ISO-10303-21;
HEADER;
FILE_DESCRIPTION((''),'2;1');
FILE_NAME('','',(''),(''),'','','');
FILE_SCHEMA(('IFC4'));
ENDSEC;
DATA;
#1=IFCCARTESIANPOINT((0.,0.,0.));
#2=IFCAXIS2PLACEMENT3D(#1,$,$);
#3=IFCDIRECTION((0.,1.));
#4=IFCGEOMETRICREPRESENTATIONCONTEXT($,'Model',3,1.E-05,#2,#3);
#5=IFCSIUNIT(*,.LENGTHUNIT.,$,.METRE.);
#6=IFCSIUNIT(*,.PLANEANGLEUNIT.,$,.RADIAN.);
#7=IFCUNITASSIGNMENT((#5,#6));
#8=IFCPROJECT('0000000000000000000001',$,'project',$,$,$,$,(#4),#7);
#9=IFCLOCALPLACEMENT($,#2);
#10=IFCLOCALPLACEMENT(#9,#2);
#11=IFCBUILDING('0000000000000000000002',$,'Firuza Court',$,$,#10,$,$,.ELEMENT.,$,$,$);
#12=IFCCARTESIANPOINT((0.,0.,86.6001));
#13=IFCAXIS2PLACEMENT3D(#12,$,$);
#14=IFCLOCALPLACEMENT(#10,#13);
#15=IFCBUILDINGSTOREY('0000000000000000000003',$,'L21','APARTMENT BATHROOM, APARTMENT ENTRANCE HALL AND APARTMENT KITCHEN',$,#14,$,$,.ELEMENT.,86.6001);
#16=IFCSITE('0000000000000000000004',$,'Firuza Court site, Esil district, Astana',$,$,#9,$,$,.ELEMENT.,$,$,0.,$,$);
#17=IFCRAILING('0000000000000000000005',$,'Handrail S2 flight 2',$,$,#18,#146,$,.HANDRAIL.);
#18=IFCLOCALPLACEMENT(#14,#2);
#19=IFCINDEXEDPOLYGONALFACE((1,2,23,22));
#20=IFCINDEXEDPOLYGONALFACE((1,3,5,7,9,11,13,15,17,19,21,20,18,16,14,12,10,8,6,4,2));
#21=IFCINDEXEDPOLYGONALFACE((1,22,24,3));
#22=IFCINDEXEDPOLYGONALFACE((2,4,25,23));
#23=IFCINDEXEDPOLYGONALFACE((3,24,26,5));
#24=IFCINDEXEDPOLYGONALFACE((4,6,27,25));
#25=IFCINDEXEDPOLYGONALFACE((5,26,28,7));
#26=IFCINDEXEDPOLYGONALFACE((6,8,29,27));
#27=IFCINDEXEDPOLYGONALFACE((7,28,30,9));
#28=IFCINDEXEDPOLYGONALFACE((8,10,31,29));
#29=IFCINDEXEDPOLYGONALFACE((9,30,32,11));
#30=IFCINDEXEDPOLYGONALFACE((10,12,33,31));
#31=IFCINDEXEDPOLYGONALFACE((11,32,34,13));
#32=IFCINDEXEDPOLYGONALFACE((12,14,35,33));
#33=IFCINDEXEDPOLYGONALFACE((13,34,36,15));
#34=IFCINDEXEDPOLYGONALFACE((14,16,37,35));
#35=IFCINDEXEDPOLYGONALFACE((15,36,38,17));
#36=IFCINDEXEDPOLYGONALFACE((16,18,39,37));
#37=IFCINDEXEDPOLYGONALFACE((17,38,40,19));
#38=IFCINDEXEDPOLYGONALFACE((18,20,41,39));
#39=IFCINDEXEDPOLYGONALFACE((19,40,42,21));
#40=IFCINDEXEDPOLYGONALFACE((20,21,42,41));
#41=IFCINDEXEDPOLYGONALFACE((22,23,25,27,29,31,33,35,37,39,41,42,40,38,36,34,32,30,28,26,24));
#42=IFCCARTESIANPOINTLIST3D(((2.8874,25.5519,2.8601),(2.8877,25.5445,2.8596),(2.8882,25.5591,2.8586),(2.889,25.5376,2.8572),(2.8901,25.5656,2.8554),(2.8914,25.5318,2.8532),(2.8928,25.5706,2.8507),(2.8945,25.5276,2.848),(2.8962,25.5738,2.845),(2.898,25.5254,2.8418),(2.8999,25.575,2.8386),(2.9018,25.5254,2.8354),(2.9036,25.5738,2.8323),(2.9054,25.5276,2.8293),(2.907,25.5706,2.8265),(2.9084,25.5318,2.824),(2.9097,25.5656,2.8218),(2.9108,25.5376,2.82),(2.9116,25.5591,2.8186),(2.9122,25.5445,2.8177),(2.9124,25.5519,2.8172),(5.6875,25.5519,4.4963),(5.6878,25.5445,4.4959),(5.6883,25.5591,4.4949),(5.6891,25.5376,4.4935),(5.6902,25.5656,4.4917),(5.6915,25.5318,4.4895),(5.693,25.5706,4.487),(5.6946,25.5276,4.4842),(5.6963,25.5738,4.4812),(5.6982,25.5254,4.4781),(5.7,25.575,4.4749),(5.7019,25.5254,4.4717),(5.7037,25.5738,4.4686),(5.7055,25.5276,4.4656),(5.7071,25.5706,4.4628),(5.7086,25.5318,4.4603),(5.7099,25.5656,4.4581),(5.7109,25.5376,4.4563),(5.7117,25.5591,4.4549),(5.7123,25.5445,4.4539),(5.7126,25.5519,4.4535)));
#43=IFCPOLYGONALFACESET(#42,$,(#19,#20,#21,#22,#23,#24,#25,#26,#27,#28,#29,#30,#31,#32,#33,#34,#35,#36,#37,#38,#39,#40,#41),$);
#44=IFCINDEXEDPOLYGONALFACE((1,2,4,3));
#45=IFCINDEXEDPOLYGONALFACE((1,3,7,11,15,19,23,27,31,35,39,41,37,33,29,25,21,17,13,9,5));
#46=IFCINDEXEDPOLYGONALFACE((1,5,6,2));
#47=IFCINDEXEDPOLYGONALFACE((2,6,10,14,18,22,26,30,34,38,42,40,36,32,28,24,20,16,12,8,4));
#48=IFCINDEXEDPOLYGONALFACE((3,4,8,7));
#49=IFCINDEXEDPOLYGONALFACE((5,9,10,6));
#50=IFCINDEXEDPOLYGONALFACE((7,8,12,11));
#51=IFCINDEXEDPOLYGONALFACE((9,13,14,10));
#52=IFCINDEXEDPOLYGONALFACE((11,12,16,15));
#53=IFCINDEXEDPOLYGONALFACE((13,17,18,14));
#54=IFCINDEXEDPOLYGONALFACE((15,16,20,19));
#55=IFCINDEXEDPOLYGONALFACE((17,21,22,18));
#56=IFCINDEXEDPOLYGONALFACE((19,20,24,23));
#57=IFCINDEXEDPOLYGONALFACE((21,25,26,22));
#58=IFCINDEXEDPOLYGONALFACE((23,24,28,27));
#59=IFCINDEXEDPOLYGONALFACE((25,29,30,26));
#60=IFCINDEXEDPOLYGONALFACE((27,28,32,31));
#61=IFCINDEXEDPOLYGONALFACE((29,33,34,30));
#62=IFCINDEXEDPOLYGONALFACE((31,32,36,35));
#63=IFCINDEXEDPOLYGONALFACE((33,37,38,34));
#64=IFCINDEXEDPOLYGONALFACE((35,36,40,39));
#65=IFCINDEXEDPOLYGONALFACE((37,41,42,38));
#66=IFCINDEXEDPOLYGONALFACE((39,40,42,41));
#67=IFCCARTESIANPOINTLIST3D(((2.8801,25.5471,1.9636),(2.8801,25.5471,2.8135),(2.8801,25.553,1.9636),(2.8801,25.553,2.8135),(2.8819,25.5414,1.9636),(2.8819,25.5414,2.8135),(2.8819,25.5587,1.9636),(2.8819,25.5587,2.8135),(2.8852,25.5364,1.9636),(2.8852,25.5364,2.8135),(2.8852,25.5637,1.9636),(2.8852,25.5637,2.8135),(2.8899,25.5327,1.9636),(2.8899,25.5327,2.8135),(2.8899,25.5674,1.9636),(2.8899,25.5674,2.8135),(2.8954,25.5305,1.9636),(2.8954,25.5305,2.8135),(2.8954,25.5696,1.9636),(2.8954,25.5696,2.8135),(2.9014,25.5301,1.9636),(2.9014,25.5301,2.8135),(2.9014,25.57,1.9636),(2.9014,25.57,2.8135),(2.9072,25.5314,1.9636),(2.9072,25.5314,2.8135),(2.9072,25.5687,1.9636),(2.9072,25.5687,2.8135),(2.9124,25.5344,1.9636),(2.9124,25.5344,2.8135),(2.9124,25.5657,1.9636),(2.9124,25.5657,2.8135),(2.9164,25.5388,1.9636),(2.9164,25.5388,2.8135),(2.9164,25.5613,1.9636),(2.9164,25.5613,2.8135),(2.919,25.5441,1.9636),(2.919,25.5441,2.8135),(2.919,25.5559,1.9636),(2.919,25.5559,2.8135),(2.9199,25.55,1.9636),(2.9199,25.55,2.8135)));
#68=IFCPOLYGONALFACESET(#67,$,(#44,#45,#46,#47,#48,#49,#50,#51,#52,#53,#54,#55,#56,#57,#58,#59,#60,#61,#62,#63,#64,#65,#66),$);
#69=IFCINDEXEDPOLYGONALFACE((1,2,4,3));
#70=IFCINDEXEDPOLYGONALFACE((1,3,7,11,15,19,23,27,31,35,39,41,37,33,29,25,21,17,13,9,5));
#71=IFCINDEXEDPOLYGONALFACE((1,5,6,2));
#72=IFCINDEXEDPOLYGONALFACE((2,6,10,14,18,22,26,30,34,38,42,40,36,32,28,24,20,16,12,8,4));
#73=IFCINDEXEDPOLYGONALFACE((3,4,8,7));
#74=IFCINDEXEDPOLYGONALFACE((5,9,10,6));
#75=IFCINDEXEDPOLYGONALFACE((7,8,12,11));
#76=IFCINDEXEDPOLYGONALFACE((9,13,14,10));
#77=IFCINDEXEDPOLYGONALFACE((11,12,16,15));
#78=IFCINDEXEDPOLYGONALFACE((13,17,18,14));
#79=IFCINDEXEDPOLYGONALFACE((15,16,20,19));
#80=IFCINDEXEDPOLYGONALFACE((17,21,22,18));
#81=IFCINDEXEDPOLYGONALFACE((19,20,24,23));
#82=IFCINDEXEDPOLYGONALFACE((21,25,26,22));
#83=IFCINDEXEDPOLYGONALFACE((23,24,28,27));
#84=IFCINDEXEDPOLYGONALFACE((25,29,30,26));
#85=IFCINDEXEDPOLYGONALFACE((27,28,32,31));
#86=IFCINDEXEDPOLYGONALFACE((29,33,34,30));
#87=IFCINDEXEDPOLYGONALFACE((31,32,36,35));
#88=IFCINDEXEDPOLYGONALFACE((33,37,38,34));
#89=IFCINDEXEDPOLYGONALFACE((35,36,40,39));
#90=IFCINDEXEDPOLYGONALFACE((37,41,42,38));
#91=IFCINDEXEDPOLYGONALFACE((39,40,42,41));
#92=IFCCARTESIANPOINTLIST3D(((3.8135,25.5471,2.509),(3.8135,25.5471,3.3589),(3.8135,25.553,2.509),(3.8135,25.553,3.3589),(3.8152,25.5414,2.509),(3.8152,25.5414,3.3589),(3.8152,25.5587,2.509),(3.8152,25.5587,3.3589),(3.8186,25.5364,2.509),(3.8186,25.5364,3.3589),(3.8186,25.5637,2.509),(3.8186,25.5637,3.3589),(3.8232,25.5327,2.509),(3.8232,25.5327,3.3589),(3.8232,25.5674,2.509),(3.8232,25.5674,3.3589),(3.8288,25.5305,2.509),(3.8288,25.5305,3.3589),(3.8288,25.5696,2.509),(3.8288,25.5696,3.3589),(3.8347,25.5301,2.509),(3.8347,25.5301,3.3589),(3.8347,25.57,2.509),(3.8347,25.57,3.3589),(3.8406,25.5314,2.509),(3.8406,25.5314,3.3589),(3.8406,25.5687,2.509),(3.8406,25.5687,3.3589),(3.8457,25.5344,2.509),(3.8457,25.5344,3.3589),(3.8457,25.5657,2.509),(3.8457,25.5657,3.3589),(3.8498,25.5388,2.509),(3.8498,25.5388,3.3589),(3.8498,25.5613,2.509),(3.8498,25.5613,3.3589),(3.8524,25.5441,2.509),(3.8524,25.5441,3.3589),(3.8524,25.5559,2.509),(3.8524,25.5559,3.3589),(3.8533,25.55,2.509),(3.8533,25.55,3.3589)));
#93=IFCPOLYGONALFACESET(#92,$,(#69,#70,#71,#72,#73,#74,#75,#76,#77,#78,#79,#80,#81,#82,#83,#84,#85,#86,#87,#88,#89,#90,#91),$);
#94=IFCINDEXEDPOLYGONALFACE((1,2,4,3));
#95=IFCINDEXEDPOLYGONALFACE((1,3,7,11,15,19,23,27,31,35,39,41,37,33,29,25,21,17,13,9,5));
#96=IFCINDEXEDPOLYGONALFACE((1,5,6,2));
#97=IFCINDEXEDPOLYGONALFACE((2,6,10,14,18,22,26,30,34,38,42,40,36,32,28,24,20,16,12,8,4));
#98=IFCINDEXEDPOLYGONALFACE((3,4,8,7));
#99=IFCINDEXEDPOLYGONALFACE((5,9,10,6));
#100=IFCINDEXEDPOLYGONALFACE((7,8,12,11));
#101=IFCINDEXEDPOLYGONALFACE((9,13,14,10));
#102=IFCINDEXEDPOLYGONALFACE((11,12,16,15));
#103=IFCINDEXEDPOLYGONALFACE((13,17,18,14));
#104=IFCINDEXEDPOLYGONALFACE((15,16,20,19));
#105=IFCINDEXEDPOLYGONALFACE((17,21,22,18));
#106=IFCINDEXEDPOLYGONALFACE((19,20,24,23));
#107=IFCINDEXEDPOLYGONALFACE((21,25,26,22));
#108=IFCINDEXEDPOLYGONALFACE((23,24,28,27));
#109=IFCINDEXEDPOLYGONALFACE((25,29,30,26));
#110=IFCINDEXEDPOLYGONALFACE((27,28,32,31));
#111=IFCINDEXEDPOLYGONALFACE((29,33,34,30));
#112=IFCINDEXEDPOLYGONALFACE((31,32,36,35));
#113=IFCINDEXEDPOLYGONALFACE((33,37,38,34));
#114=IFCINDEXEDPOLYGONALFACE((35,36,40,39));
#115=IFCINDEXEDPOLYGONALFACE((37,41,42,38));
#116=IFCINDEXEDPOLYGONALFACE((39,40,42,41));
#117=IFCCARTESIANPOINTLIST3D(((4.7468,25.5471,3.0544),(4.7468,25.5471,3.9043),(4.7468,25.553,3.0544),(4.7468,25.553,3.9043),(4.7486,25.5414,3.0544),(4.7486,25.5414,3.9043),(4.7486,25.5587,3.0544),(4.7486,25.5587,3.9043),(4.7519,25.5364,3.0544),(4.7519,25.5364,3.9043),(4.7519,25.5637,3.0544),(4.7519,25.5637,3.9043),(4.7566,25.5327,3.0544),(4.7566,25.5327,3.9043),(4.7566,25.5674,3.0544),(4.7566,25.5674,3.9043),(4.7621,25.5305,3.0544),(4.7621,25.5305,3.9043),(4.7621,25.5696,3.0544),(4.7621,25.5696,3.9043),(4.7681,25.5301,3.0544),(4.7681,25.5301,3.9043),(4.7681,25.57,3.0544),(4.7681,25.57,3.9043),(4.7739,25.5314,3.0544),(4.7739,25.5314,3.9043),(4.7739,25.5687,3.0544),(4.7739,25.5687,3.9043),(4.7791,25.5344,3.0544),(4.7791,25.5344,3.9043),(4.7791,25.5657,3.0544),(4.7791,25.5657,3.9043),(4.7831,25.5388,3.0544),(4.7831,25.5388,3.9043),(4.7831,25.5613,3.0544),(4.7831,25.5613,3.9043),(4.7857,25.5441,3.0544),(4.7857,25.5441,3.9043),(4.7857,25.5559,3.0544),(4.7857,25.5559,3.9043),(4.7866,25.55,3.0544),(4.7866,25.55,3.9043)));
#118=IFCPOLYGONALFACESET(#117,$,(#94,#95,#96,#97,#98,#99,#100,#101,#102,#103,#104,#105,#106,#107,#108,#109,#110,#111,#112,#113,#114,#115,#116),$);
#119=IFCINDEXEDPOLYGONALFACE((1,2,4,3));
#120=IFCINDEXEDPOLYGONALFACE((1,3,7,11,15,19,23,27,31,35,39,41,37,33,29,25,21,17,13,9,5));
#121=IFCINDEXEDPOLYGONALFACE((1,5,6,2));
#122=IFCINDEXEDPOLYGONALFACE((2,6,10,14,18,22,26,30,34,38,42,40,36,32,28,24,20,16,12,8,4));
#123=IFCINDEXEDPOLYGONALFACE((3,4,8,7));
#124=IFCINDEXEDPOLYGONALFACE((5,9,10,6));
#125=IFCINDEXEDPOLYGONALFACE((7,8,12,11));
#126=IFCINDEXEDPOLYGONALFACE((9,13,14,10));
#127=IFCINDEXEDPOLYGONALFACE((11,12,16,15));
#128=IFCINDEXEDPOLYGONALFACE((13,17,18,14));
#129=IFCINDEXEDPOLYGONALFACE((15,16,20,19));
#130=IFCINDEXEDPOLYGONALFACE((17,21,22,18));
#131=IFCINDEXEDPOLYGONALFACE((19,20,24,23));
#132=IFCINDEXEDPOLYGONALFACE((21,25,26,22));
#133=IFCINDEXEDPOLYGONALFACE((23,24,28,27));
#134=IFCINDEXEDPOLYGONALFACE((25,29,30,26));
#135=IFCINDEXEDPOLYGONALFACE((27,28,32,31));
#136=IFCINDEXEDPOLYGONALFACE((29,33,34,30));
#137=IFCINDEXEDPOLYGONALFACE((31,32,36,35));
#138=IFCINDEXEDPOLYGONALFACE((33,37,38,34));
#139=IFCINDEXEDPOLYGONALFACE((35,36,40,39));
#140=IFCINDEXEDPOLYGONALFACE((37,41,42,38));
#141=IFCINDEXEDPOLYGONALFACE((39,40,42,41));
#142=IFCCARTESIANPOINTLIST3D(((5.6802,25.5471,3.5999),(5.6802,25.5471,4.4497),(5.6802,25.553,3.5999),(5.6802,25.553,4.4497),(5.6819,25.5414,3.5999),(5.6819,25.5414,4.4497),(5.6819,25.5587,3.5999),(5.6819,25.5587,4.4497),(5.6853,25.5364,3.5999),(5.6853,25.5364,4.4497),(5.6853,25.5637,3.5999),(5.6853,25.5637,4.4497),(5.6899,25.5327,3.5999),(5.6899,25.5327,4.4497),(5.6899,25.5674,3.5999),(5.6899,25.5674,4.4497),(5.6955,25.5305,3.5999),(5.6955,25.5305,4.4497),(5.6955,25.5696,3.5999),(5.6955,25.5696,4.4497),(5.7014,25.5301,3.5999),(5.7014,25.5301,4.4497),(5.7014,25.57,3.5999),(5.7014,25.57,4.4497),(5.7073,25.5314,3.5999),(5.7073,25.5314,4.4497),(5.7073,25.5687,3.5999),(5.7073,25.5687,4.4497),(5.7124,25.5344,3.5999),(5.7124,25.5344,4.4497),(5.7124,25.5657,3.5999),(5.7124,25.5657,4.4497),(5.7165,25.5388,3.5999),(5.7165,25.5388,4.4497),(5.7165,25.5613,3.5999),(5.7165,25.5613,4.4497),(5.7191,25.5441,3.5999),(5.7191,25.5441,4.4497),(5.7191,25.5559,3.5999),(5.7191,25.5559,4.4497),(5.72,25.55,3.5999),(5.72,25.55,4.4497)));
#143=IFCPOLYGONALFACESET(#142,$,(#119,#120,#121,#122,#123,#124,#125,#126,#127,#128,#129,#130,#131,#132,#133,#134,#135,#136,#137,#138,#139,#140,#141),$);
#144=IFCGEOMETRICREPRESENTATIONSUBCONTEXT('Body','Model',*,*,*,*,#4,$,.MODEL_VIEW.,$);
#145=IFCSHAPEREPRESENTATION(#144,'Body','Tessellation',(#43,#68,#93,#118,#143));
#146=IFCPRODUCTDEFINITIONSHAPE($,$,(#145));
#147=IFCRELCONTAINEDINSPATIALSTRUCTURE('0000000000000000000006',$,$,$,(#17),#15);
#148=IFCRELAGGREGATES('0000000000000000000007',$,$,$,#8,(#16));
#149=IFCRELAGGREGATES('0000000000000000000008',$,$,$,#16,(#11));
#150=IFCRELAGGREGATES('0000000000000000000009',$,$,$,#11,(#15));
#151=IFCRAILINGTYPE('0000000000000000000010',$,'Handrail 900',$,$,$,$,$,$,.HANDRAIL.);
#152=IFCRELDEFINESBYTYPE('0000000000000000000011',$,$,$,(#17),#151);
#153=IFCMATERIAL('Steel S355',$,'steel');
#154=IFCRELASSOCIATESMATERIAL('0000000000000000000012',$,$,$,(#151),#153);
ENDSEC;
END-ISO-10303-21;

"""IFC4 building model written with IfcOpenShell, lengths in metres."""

from ifc_helpers import new_model, si_unit, direction, frame, origin, origin_2d, place, context, subcontext, project, spatial, circle, extrude, material, type_object, element, save


model = new_model("IFC4")

# Units and contexts
model_context = context("Model", 3, precision=1e-05, world=origin(), true_north=direction((0.0, 1.0)))
body_context = subcontext(model_context, "Body", "Model", "MODEL_VIEW")
ifc_project = project(units=[si_unit("LENGTHUNIT", "METRE"), si_unit("PLANEANGLEUNIT", "RADIAN")], contexts=[model_context])

# Site, building, storey
site_placement = place(None, origin())
site = spatial("IfcSite", under=ifc_project, at=site_placement, Name="Firuza Court site, Esil district, Astana", CompositionType="ELEMENT", RefElevation=0.0)
building_placement = place(site_placement, origin())
building = spatial("IfcBuilding", under=site, at=building_placement, Name="Firuza Court", CompositionType="ELEMENT")
storey_placement = place(building_placement, frame((0.0, 0.0, 86.6001)))
storey = spatial("IfcBuildingStorey", under=building, at=storey_placement, Name="L21", Description="APARTMENT BATHROOM, APARTMENT ENTRANCE HALL AND APARTMENT KITCHEN", CompositionType="ELEMENT", Elevation=86.6001)

# Railing
ifc_material_1 = material(Name="Steel S355", Category="steel")
railing_type_1 = type_object("IfcRailingType", Name="Handrail 900", PredefinedType="HANDRAIL", material=ifc_material_1)
railing_1_placement = place(storey_placement, frame((2.8999, 25.55, 1.9636)))
element("IfcRailing", 1, at=railing_1_placement, inside=storey, type_object=railing_type_1, Name="Handrail S2 flight 2", PredefinedType="HANDRAIL", context=body_context, shape_type="SweptSolid", body=[
    extrude(circle(Radius=0.0249, at=origin_2d()), frame((0.0, 0.0, 0.875), z_axis=(0.863394, 0.0, 0.504531), x_axis=(0.0, 1.0, 0.0)), (0.0, 0.0, 1.0), 3.2432),
    extrude(circle(Radius=0.02, at=origin_2d()), origin(), (0.0, 0.0, 1.0), 0.8499),
    extrude(circle(Radius=0.02, at=origin_2d()), frame((0.9333, 0.0, 0.5454)), (0.0, 0.0, 1.0), 0.8499),
    extrude(circle(Radius=0.02, at=origin_2d()), frame((1.8667, 0.0, 1.0908)), (0.0, 0.0, 1.0), 0.8499),
    extrude(circle(Radius=0.02, at=origin_2d()), frame((2.8, 0.0, 1.6362)), (0.0, 0.0, 1.0), 0.8499),
])

save(model, "model.ifc")
